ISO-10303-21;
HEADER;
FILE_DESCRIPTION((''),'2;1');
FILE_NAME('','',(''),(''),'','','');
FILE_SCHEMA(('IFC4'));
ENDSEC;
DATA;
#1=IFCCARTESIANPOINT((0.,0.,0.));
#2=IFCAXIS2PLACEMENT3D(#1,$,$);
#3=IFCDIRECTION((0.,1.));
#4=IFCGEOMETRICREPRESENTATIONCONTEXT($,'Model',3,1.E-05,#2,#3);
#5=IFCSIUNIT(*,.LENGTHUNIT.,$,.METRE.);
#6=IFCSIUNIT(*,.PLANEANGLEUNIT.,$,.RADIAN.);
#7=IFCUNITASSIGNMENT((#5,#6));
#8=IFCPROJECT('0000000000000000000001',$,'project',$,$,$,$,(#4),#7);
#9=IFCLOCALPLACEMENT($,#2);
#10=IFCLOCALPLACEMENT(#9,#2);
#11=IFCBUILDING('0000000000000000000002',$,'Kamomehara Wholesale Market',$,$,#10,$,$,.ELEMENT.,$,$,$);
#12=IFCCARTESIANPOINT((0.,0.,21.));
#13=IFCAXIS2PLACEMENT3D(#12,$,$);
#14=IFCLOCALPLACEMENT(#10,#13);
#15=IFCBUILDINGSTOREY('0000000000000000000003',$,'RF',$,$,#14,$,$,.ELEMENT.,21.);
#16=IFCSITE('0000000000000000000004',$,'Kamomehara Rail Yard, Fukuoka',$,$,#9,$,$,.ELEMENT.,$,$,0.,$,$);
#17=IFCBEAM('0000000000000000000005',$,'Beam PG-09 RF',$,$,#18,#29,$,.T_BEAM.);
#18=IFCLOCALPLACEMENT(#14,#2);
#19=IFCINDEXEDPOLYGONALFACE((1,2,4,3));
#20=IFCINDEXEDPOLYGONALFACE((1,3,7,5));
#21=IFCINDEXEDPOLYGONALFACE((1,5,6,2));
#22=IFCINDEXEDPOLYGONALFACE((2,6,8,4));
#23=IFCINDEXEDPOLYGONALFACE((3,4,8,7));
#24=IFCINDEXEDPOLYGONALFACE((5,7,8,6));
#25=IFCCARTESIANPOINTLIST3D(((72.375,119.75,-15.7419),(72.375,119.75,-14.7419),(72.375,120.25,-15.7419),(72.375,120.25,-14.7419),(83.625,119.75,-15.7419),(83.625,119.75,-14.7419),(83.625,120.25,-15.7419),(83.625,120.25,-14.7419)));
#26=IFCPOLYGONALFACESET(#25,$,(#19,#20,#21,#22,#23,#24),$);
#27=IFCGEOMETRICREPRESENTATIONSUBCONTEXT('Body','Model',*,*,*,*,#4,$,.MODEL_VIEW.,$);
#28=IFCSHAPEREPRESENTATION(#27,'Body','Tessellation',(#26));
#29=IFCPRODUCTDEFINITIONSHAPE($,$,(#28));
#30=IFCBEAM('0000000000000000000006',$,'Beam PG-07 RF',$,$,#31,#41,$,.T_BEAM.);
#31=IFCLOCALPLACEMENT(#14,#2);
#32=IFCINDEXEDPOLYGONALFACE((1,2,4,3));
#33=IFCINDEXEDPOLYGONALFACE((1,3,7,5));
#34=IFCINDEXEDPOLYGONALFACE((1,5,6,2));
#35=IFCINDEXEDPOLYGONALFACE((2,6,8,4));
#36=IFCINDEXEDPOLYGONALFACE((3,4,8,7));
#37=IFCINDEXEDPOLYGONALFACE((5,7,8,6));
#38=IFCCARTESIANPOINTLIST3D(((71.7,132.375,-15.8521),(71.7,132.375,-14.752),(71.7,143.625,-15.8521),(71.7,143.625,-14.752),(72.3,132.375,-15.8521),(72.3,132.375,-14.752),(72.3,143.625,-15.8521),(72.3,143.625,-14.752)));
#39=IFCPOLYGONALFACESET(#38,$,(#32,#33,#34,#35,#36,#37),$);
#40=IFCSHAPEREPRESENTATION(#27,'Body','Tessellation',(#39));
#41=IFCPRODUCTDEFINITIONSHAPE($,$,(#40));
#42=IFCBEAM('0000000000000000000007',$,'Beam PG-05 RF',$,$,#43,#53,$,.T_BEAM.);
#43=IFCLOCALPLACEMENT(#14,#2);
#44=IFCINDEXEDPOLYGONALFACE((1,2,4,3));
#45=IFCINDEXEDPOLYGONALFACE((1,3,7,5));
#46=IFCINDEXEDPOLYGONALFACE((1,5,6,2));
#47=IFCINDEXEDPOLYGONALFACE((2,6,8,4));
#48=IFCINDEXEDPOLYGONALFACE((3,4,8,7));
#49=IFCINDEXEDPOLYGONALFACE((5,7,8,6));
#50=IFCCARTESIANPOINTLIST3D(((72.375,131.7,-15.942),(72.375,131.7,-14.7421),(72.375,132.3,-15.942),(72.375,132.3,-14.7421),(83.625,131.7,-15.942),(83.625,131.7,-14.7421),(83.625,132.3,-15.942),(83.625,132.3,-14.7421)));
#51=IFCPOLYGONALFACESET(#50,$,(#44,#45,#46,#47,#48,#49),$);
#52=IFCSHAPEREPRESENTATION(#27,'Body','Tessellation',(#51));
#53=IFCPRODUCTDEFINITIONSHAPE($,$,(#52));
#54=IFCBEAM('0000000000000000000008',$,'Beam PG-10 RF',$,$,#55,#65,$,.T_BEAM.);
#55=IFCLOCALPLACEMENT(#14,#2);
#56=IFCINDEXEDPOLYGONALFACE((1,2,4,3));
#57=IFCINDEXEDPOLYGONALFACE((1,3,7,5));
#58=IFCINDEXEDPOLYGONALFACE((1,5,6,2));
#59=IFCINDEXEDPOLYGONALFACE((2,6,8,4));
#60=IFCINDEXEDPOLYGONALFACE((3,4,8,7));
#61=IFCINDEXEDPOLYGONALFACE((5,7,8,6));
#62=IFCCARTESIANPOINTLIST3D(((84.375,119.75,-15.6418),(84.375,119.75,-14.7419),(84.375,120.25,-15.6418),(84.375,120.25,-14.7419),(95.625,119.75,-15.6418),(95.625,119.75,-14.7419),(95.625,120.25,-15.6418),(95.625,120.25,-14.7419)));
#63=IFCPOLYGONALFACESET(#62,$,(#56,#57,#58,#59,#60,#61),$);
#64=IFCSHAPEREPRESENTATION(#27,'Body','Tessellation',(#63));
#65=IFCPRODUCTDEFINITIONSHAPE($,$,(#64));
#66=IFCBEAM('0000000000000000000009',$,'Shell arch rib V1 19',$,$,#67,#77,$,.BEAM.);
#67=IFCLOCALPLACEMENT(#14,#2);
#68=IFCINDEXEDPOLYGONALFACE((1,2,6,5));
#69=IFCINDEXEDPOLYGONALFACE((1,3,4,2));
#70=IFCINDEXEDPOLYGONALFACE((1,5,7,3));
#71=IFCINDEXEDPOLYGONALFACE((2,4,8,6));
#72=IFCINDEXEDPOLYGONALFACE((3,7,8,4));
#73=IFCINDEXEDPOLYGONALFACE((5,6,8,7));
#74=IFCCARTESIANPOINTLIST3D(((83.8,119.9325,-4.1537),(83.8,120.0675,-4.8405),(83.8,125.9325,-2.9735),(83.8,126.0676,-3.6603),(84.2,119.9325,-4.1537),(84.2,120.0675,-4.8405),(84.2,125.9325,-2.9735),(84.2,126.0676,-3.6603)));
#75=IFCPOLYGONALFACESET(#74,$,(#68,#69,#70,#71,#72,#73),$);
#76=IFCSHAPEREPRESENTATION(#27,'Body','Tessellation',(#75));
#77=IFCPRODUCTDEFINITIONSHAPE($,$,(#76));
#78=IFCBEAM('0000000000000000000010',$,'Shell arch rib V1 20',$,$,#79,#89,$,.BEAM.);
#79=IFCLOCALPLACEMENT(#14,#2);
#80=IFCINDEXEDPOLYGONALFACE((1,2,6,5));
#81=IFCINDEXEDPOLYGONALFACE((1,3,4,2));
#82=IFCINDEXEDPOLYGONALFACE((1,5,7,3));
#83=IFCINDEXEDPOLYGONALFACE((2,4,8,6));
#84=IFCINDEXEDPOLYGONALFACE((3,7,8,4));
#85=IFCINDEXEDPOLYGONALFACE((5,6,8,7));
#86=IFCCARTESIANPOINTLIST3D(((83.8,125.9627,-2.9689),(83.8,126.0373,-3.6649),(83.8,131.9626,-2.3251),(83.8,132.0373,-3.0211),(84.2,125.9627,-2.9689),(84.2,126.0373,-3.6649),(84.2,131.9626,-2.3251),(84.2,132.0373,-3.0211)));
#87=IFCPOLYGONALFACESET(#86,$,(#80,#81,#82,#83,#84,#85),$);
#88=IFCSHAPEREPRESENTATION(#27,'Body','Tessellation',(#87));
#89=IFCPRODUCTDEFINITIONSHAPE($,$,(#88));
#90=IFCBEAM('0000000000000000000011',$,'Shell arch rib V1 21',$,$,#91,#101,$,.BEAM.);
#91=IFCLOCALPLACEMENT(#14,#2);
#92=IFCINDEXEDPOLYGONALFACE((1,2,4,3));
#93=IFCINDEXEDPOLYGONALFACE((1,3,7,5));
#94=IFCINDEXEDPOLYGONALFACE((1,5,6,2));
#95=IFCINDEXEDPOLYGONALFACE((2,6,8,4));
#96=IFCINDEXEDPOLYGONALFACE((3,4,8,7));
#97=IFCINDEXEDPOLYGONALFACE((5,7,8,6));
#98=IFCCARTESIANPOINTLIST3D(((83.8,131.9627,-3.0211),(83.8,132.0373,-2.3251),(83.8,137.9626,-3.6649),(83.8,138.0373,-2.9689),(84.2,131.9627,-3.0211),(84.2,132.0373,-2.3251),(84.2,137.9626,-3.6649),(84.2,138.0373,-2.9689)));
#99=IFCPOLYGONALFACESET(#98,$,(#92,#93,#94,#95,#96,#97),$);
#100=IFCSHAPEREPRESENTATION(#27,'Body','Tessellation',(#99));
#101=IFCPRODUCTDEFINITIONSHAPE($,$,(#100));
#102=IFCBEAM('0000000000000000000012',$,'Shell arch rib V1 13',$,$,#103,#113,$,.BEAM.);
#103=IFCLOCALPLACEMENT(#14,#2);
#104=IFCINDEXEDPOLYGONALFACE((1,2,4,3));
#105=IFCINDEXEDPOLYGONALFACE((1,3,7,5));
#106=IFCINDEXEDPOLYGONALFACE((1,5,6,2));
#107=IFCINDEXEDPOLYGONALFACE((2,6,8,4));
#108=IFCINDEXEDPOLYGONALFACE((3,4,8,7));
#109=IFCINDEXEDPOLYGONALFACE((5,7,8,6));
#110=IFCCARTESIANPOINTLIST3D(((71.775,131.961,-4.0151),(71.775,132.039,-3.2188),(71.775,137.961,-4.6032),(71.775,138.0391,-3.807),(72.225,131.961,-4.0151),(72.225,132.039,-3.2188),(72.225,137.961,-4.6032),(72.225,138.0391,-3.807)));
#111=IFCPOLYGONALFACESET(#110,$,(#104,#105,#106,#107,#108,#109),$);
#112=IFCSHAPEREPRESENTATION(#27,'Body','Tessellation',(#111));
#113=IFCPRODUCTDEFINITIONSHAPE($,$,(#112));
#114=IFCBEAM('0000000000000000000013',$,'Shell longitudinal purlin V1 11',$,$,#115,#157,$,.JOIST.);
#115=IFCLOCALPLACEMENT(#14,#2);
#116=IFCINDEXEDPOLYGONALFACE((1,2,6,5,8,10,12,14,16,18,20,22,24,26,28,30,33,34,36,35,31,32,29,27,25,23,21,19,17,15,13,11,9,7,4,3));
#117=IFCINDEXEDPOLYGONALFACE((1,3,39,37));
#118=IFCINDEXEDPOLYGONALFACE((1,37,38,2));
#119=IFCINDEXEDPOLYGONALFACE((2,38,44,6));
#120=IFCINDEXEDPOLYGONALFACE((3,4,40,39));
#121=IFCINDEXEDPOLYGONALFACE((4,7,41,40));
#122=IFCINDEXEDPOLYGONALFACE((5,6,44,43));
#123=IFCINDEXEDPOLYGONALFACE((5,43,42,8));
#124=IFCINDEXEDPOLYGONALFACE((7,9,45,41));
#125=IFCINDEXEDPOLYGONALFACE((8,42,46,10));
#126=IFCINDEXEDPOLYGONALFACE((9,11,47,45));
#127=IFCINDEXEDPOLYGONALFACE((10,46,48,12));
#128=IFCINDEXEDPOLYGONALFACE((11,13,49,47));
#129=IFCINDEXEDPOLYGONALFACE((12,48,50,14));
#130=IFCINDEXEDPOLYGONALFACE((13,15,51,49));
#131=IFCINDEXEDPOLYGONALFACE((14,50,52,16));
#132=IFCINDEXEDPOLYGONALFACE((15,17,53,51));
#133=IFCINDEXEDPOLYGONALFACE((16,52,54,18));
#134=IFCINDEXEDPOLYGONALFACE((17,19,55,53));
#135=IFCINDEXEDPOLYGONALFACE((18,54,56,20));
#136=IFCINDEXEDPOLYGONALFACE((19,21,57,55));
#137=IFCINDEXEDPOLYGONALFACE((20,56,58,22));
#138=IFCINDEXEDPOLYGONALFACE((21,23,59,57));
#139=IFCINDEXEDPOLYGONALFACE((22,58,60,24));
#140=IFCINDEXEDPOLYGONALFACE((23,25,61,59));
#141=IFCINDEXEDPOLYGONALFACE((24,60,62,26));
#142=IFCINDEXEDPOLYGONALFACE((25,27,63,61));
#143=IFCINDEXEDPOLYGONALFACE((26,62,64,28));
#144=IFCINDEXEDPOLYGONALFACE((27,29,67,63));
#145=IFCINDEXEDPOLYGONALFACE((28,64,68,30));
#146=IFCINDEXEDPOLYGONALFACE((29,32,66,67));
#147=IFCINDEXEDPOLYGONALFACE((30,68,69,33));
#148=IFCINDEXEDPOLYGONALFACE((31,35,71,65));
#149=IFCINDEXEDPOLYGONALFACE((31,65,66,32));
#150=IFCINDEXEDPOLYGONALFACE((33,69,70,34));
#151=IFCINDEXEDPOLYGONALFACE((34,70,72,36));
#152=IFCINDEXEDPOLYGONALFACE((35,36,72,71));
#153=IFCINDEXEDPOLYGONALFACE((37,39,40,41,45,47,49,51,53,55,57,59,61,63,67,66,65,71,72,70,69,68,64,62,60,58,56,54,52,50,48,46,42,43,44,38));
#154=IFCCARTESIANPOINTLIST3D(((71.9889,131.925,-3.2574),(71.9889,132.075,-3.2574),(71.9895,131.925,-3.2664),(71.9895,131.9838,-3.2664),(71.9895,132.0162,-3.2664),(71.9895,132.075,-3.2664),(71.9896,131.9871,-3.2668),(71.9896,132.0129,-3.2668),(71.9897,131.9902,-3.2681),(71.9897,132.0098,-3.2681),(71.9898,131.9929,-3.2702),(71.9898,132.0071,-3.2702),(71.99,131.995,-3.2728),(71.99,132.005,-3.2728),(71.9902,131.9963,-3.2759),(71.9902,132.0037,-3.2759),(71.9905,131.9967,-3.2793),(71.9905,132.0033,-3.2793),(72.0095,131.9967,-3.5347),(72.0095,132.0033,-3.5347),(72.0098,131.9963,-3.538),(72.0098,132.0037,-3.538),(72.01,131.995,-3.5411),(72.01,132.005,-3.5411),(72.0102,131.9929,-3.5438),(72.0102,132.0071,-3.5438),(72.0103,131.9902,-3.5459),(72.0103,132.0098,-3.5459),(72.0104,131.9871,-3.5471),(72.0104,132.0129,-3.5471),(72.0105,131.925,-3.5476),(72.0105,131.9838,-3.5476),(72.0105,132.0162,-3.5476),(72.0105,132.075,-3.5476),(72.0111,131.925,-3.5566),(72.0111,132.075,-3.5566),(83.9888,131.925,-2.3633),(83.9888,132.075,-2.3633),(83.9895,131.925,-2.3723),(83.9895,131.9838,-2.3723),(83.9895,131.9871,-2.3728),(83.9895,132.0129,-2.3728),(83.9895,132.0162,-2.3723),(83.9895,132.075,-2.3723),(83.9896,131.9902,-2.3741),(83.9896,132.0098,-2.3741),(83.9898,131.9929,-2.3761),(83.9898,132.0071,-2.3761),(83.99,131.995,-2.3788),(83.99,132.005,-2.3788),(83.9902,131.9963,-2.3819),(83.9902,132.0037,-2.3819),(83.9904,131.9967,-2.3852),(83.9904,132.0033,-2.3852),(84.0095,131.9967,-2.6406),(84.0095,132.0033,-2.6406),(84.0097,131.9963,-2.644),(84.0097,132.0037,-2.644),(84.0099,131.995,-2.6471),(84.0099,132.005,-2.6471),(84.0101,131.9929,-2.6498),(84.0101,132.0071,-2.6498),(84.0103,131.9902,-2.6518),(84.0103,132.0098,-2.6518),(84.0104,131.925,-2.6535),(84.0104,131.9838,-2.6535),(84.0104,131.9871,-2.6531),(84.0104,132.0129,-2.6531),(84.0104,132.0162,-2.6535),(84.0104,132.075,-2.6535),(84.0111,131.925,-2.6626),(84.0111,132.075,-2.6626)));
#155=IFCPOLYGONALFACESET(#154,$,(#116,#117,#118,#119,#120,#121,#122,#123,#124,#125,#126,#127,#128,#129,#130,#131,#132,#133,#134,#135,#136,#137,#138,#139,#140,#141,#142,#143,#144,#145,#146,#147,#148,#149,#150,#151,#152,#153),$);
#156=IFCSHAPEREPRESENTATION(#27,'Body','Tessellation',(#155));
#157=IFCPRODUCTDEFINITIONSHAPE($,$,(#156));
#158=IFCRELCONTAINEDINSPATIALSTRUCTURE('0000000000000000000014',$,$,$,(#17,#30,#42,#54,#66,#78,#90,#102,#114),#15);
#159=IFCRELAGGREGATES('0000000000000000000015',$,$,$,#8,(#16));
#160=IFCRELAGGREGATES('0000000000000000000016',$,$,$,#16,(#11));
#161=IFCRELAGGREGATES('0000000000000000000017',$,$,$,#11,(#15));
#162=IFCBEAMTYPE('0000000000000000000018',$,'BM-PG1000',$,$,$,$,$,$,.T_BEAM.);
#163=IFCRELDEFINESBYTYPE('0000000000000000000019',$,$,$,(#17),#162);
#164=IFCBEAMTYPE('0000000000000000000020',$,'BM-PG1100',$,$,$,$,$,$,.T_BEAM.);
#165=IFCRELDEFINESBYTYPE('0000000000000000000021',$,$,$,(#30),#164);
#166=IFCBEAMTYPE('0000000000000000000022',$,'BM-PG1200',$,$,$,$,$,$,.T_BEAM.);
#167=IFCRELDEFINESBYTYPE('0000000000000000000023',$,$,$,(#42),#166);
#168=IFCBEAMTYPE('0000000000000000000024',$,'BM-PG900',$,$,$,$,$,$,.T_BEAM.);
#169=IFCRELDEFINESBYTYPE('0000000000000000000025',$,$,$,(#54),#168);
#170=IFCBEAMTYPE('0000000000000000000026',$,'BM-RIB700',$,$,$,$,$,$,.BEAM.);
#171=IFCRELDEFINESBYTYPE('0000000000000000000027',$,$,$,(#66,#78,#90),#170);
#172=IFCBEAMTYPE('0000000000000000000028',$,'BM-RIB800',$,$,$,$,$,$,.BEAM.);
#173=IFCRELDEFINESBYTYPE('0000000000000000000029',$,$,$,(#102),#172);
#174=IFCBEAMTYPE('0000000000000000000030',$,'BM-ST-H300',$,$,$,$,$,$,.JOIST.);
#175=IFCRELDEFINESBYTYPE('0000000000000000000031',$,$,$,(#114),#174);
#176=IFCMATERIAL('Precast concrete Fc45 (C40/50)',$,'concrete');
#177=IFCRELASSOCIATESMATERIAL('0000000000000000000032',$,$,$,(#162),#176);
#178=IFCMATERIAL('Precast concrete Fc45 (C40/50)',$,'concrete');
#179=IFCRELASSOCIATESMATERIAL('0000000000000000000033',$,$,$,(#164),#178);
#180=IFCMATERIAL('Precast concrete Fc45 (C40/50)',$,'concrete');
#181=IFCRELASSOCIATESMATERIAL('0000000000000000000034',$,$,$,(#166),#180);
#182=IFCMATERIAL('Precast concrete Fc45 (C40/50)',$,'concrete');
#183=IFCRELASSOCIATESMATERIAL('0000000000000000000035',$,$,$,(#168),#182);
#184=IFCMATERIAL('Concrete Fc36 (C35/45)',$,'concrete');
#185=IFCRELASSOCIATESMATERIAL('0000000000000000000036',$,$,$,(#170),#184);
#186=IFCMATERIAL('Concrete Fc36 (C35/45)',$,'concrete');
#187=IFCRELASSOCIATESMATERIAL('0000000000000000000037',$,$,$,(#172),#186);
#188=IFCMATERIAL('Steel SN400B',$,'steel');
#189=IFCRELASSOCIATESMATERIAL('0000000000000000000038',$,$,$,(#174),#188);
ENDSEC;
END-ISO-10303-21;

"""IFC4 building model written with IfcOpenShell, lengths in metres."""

from ifc_helpers import new_model, si_unit, direction, frame, origin, origin_2d, place, context, subcontext, project, spatial, rectangle, i_section, extrude, material, material_profile, profile_set, type_object, element, save


model = new_model("IFC4")

# Units and contexts
model_context = context("Model", 3, precision=1e-05, world=origin(), true_north=direction((0.0, 1.0)))
body_context = subcontext(model_context, "Body", "Model", "MODEL_VIEW")
ifc_project = project(units=[si_unit("LENGTHUNIT", "METRE"), si_unit("PLANEANGLEUNIT", "RADIAN")], contexts=[model_context])

# Site, building, storey
site_placement = place(None, origin())
site = spatial("IfcSite", under=ifc_project, at=site_placement, Name="Kamomehara Rail Yard, Fukuoka", CompositionType="ELEMENT", RefElevation=0.0)
building_placement = place(site_placement, origin())
building = spatial("IfcBuilding", under=site, at=building_placement, Name="Kamomehara Wholesale Market", CompositionType="ELEMENT")
storey_placement = place(building_placement, frame((0.0, 0.0, 21.0)))
storey = spatial("IfcBuildingStorey", under=building, at=storey_placement, Name="RF", CompositionType="ELEMENT", Elevation=21.0)

# Beams
ifc_material_1 = material(Name="Precast concrete Fc45 (C40/50)", Category="concrete")
ifc_material_profile_1 = material_profile(ifc_material_1, rectangle(XDim=0.5, YDim=1.0, at=origin_2d()), Name="PC-GRD-500x1000")
ifc_profile_set_1 = profile_set([ifc_material_profile_1], Name="Precast concrete Fc45 (C40/50)")
beam_type_1 = type_object("IfcBeamType", Name="BM-PG1000", PredefinedType="T_BEAM", material=ifc_profile_set_1)
beam_1_placement = place(storey_placement, frame((72.375, 120.0, -15.2419), z_axis=(1.0, 0.0, 0.0), x_axis=(0.0, 1.0, 0.0)))
element("IfcBeam", 1, at=beam_1_placement, inside=storey, type_object=beam_type_1, Name="Beam PG-09 RF", PredefinedType="T_BEAM", context=body_context, shape_type="SweptSolid", body=[
    extrude(rectangle(XDim=0.5, YDim=1.0, at=origin_2d()), origin(), (0.0, 0.0, 1.0), 11.25),
])
ifc_material_2 = material(Name="Precast concrete Fc45 (C40/50)", Category="concrete")
ifc_material_profile_2 = material_profile(ifc_material_2, rectangle(XDim=0.6001, YDim=1.1001, at=origin_2d()), Name="PC-GRD-600x1100")
ifc_profile_set_2 = profile_set([ifc_material_profile_2], Name="Precast concrete Fc45 (C40/50)")
beam_type_2 = type_object("IfcBeamType", Name="BM-PG1100", PredefinedType="T_BEAM", material=ifc_profile_set_2)
beam_2_placement = place(storey_placement, frame((72.0, 132.375, -15.302), z_axis=(0.0, 1.0, 0.0), x_axis=(-1.0, 0.0, 0.0)))
element("IfcBeam", 2, at=beam_2_placement, inside=storey, type_object=beam_type_2, Name="Beam PG-07 RF", PredefinedType="T_BEAM", context=body_context, shape_type="SweptSolid", body=[
    extrude(rectangle(XDim=0.6001, YDim=1.1001, at=origin_2d()), origin(), (0.0, 0.0, 1.0), 11.25),
])
ifc_material_3 = material(Name="Precast concrete Fc45 (C40/50)", Category="concrete")
ifc_material_profile_3 = material_profile(ifc_material_3, rectangle(XDim=0.6001, YDim=1.2, at=origin_2d()), Name="PC-GRD-600x1200")
ifc_profile_set_3 = profile_set([ifc_material_profile_3], Name="Precast concrete Fc45 (C40/50)")
beam_type_3 = type_object("IfcBeamType", Name="BM-PG1200", PredefinedType="T_BEAM", material=ifc_profile_set_3)
beam_3_placement = place(storey_placement, frame((72.375, 132.0, -15.342), z_axis=(1.0, 0.0, 0.0), x_axis=(0.0, 1.0, 0.0)))
element("IfcBeam", 3, at=beam_3_placement, inside=storey, type_object=beam_type_3, Name="Beam PG-05 RF", PredefinedType="T_BEAM", context=body_context, shape_type="SweptSolid", body=[
    extrude(rectangle(XDim=0.6001, YDim=1.2, at=origin_2d()), origin(), (0.0, 0.0, 1.0), 11.25),
])
ifc_material_4 = material(Name="Precast concrete Fc45 (C40/50)", Category="concrete")
ifc_material_profile_4 = material_profile(ifc_material_4, rectangle(XDim=0.5, YDim=0.8999, at=origin_2d()), Name="PC-GRD-500x900")
ifc_profile_set_4 = profile_set([ifc_material_profile_4], Name="Precast concrete Fc45 (C40/50)")
beam_type_4 = type_object("IfcBeamType", Name="BM-PG900", PredefinedType="T_BEAM", material=ifc_profile_set_4)
beam_4_placement = place(storey_placement, frame((84.375, 120.0, -15.1919), z_axis=(1.0, 0.0, 0.0), x_axis=(0.0, 1.0, 0.0)))
element("IfcBeam", 4, at=beam_4_placement, inside=storey, type_object=beam_type_4, Name="Beam PG-10 RF", PredefinedType="T_BEAM", context=body_context, shape_type="SweptSolid", body=[
    extrude(rectangle(XDim=0.5, YDim=0.8999, at=origin_2d()), origin(), (0.0, 0.0, 1.0), 11.25),
])
ifc_material_5 = material(Name="Concrete Fc36 (C35/45)", Category="concrete")
ifc_material_profile_5 = material_profile(ifc_material_5, rectangle(XDim=0.3999, YDim=0.7, at=origin_2d()), Name="RC-RIB-400x700")
ifc_profile_set_5 = profile_set([ifc_material_profile_5], Name="Concrete Fc36 (C35/45)")
beam_type_5 = type_object("IfcBeamType", Name="BM-RIB700", PredefinedType="BEAM", material=ifc_profile_set_5)
beam_5_placement = place(storey_placement, frame((84.0, 120.0, -4.4971), z_axis=(0.0, 0.981199, 0.192998), x_axis=(-1.0, 0.0, 0.0)))
element("IfcBeam", 5, at=beam_5_placement, inside=storey, type_object=beam_type_5, Name="Shell arch rib V1 19", PredefinedType="BEAM", context=body_context, shape_type="SweptSolid", body=[
    extrude(rectangle(XDim=0.3999, YDim=0.7, at=origin_2d()), origin(), (0.0, 0.0, 1.0), 6.115),
])
for number, where, z_axis, x_axis, name in (
    (6, (84.0, 126.0, -3.3169), (0.0, 0.994293, 0.106687), (-1.0, 0.0, 0.0), "Shell arch rib V1 20"),
    (7, (84.0, 132.0, -2.6731), (0.0, 0.994293, -0.106687), (-1.0, 0.0, 0.0), "Shell arch rib V1 21"),
):
    element("IfcBeam", number, at=place(storey_placement, frame(where, z_axis=z_axis, x_axis=x_axis)), inside=storey, type_object=beam_type_5, Name=name, PredefinedType="BEAM", context=body_context, shape_type="SweptSolid", body=[
        extrude(rectangle(XDim=0.3999, YDim=0.7, at=origin_2d()), origin(), (0.0, 0.0, 1.0), 6.0344),
    ])
ifc_material_6 = material(Name="Concrete Fc36 (C35/45)", Category="concrete")
ifc_material_profile_6 = material_profile(ifc_material_6, rectangle(XDim=0.45, YDim=0.8, at=origin_2d()), Name="RC-RIB-450x800")
ifc_profile_set_6 = profile_set([ifc_material_profile_6], Name="Concrete Fc36 (C35/45)")
beam_type_6 = type_object("IfcBeamType", Name="BM-RIB800", PredefinedType="BEAM", material=ifc_profile_set_6)
beam_6_placement = place(storey_placement, frame((72.0, 132.0, -3.6169), z_axis=(0.0, 0.99523, -0.097555), x_axis=(-1.0, 0.0, 0.0)))
element("IfcBeam", 8, at=beam_6_placement, inside=storey, type_object=beam_type_6, Name="Shell arch rib V1 13", PredefinedType="BEAM", context=body_context, shape_type="SweptSolid", body=[
    extrude(rectangle(XDim=0.45, YDim=0.8, at=origin_2d()), origin(), (0.0, 0.0, 1.0), 6.0288),
])
ifc_material_7 = material(Name="Steel SN400B", Category="steel")
ifc_material_profile_7 = material_profile(ifc_material_7, i_section(OverallWidth=0.1499, OverallDepth=0.3, WebThickness=0.0066, FlangeThickness=0.009, FilletRadius=0.0129, at=origin_2d()), Name="H-300x150x6.5x9")
ifc_profile_set_7 = profile_set([ifc_material_profile_7], Name="Steel SN400B")
beam_type_7 = type_object("IfcBeamType", Name="BM-ST-H300", PredefinedType="JOIST", material=ifc_profile_set_7)
beam_7_placement = place(storey_placement, frame((72.0, 132.0, -3.407), z_axis=(0.997236, 0.0, 0.074298), x_axis=(0.0, 1.0, 0.0)))
element("IfcBeam", 9, at=beam_7_placement, inside=storey, type_object=beam_type_7, Name="Shell longitudinal purlin V1 11", PredefinedType="JOIST", context=body_context, shape_type="SweptSolid", body=[
    extrude(i_section(OverallWidth=0.1499, OverallDepth=0.3, WebThickness=0.0066, FlangeThickness=0.009, FilletRadius=0.0129, at=origin_2d()), origin(), (0.0, 0.0, 1.0), 12.0332),
])

save(model, "model.ifc")
